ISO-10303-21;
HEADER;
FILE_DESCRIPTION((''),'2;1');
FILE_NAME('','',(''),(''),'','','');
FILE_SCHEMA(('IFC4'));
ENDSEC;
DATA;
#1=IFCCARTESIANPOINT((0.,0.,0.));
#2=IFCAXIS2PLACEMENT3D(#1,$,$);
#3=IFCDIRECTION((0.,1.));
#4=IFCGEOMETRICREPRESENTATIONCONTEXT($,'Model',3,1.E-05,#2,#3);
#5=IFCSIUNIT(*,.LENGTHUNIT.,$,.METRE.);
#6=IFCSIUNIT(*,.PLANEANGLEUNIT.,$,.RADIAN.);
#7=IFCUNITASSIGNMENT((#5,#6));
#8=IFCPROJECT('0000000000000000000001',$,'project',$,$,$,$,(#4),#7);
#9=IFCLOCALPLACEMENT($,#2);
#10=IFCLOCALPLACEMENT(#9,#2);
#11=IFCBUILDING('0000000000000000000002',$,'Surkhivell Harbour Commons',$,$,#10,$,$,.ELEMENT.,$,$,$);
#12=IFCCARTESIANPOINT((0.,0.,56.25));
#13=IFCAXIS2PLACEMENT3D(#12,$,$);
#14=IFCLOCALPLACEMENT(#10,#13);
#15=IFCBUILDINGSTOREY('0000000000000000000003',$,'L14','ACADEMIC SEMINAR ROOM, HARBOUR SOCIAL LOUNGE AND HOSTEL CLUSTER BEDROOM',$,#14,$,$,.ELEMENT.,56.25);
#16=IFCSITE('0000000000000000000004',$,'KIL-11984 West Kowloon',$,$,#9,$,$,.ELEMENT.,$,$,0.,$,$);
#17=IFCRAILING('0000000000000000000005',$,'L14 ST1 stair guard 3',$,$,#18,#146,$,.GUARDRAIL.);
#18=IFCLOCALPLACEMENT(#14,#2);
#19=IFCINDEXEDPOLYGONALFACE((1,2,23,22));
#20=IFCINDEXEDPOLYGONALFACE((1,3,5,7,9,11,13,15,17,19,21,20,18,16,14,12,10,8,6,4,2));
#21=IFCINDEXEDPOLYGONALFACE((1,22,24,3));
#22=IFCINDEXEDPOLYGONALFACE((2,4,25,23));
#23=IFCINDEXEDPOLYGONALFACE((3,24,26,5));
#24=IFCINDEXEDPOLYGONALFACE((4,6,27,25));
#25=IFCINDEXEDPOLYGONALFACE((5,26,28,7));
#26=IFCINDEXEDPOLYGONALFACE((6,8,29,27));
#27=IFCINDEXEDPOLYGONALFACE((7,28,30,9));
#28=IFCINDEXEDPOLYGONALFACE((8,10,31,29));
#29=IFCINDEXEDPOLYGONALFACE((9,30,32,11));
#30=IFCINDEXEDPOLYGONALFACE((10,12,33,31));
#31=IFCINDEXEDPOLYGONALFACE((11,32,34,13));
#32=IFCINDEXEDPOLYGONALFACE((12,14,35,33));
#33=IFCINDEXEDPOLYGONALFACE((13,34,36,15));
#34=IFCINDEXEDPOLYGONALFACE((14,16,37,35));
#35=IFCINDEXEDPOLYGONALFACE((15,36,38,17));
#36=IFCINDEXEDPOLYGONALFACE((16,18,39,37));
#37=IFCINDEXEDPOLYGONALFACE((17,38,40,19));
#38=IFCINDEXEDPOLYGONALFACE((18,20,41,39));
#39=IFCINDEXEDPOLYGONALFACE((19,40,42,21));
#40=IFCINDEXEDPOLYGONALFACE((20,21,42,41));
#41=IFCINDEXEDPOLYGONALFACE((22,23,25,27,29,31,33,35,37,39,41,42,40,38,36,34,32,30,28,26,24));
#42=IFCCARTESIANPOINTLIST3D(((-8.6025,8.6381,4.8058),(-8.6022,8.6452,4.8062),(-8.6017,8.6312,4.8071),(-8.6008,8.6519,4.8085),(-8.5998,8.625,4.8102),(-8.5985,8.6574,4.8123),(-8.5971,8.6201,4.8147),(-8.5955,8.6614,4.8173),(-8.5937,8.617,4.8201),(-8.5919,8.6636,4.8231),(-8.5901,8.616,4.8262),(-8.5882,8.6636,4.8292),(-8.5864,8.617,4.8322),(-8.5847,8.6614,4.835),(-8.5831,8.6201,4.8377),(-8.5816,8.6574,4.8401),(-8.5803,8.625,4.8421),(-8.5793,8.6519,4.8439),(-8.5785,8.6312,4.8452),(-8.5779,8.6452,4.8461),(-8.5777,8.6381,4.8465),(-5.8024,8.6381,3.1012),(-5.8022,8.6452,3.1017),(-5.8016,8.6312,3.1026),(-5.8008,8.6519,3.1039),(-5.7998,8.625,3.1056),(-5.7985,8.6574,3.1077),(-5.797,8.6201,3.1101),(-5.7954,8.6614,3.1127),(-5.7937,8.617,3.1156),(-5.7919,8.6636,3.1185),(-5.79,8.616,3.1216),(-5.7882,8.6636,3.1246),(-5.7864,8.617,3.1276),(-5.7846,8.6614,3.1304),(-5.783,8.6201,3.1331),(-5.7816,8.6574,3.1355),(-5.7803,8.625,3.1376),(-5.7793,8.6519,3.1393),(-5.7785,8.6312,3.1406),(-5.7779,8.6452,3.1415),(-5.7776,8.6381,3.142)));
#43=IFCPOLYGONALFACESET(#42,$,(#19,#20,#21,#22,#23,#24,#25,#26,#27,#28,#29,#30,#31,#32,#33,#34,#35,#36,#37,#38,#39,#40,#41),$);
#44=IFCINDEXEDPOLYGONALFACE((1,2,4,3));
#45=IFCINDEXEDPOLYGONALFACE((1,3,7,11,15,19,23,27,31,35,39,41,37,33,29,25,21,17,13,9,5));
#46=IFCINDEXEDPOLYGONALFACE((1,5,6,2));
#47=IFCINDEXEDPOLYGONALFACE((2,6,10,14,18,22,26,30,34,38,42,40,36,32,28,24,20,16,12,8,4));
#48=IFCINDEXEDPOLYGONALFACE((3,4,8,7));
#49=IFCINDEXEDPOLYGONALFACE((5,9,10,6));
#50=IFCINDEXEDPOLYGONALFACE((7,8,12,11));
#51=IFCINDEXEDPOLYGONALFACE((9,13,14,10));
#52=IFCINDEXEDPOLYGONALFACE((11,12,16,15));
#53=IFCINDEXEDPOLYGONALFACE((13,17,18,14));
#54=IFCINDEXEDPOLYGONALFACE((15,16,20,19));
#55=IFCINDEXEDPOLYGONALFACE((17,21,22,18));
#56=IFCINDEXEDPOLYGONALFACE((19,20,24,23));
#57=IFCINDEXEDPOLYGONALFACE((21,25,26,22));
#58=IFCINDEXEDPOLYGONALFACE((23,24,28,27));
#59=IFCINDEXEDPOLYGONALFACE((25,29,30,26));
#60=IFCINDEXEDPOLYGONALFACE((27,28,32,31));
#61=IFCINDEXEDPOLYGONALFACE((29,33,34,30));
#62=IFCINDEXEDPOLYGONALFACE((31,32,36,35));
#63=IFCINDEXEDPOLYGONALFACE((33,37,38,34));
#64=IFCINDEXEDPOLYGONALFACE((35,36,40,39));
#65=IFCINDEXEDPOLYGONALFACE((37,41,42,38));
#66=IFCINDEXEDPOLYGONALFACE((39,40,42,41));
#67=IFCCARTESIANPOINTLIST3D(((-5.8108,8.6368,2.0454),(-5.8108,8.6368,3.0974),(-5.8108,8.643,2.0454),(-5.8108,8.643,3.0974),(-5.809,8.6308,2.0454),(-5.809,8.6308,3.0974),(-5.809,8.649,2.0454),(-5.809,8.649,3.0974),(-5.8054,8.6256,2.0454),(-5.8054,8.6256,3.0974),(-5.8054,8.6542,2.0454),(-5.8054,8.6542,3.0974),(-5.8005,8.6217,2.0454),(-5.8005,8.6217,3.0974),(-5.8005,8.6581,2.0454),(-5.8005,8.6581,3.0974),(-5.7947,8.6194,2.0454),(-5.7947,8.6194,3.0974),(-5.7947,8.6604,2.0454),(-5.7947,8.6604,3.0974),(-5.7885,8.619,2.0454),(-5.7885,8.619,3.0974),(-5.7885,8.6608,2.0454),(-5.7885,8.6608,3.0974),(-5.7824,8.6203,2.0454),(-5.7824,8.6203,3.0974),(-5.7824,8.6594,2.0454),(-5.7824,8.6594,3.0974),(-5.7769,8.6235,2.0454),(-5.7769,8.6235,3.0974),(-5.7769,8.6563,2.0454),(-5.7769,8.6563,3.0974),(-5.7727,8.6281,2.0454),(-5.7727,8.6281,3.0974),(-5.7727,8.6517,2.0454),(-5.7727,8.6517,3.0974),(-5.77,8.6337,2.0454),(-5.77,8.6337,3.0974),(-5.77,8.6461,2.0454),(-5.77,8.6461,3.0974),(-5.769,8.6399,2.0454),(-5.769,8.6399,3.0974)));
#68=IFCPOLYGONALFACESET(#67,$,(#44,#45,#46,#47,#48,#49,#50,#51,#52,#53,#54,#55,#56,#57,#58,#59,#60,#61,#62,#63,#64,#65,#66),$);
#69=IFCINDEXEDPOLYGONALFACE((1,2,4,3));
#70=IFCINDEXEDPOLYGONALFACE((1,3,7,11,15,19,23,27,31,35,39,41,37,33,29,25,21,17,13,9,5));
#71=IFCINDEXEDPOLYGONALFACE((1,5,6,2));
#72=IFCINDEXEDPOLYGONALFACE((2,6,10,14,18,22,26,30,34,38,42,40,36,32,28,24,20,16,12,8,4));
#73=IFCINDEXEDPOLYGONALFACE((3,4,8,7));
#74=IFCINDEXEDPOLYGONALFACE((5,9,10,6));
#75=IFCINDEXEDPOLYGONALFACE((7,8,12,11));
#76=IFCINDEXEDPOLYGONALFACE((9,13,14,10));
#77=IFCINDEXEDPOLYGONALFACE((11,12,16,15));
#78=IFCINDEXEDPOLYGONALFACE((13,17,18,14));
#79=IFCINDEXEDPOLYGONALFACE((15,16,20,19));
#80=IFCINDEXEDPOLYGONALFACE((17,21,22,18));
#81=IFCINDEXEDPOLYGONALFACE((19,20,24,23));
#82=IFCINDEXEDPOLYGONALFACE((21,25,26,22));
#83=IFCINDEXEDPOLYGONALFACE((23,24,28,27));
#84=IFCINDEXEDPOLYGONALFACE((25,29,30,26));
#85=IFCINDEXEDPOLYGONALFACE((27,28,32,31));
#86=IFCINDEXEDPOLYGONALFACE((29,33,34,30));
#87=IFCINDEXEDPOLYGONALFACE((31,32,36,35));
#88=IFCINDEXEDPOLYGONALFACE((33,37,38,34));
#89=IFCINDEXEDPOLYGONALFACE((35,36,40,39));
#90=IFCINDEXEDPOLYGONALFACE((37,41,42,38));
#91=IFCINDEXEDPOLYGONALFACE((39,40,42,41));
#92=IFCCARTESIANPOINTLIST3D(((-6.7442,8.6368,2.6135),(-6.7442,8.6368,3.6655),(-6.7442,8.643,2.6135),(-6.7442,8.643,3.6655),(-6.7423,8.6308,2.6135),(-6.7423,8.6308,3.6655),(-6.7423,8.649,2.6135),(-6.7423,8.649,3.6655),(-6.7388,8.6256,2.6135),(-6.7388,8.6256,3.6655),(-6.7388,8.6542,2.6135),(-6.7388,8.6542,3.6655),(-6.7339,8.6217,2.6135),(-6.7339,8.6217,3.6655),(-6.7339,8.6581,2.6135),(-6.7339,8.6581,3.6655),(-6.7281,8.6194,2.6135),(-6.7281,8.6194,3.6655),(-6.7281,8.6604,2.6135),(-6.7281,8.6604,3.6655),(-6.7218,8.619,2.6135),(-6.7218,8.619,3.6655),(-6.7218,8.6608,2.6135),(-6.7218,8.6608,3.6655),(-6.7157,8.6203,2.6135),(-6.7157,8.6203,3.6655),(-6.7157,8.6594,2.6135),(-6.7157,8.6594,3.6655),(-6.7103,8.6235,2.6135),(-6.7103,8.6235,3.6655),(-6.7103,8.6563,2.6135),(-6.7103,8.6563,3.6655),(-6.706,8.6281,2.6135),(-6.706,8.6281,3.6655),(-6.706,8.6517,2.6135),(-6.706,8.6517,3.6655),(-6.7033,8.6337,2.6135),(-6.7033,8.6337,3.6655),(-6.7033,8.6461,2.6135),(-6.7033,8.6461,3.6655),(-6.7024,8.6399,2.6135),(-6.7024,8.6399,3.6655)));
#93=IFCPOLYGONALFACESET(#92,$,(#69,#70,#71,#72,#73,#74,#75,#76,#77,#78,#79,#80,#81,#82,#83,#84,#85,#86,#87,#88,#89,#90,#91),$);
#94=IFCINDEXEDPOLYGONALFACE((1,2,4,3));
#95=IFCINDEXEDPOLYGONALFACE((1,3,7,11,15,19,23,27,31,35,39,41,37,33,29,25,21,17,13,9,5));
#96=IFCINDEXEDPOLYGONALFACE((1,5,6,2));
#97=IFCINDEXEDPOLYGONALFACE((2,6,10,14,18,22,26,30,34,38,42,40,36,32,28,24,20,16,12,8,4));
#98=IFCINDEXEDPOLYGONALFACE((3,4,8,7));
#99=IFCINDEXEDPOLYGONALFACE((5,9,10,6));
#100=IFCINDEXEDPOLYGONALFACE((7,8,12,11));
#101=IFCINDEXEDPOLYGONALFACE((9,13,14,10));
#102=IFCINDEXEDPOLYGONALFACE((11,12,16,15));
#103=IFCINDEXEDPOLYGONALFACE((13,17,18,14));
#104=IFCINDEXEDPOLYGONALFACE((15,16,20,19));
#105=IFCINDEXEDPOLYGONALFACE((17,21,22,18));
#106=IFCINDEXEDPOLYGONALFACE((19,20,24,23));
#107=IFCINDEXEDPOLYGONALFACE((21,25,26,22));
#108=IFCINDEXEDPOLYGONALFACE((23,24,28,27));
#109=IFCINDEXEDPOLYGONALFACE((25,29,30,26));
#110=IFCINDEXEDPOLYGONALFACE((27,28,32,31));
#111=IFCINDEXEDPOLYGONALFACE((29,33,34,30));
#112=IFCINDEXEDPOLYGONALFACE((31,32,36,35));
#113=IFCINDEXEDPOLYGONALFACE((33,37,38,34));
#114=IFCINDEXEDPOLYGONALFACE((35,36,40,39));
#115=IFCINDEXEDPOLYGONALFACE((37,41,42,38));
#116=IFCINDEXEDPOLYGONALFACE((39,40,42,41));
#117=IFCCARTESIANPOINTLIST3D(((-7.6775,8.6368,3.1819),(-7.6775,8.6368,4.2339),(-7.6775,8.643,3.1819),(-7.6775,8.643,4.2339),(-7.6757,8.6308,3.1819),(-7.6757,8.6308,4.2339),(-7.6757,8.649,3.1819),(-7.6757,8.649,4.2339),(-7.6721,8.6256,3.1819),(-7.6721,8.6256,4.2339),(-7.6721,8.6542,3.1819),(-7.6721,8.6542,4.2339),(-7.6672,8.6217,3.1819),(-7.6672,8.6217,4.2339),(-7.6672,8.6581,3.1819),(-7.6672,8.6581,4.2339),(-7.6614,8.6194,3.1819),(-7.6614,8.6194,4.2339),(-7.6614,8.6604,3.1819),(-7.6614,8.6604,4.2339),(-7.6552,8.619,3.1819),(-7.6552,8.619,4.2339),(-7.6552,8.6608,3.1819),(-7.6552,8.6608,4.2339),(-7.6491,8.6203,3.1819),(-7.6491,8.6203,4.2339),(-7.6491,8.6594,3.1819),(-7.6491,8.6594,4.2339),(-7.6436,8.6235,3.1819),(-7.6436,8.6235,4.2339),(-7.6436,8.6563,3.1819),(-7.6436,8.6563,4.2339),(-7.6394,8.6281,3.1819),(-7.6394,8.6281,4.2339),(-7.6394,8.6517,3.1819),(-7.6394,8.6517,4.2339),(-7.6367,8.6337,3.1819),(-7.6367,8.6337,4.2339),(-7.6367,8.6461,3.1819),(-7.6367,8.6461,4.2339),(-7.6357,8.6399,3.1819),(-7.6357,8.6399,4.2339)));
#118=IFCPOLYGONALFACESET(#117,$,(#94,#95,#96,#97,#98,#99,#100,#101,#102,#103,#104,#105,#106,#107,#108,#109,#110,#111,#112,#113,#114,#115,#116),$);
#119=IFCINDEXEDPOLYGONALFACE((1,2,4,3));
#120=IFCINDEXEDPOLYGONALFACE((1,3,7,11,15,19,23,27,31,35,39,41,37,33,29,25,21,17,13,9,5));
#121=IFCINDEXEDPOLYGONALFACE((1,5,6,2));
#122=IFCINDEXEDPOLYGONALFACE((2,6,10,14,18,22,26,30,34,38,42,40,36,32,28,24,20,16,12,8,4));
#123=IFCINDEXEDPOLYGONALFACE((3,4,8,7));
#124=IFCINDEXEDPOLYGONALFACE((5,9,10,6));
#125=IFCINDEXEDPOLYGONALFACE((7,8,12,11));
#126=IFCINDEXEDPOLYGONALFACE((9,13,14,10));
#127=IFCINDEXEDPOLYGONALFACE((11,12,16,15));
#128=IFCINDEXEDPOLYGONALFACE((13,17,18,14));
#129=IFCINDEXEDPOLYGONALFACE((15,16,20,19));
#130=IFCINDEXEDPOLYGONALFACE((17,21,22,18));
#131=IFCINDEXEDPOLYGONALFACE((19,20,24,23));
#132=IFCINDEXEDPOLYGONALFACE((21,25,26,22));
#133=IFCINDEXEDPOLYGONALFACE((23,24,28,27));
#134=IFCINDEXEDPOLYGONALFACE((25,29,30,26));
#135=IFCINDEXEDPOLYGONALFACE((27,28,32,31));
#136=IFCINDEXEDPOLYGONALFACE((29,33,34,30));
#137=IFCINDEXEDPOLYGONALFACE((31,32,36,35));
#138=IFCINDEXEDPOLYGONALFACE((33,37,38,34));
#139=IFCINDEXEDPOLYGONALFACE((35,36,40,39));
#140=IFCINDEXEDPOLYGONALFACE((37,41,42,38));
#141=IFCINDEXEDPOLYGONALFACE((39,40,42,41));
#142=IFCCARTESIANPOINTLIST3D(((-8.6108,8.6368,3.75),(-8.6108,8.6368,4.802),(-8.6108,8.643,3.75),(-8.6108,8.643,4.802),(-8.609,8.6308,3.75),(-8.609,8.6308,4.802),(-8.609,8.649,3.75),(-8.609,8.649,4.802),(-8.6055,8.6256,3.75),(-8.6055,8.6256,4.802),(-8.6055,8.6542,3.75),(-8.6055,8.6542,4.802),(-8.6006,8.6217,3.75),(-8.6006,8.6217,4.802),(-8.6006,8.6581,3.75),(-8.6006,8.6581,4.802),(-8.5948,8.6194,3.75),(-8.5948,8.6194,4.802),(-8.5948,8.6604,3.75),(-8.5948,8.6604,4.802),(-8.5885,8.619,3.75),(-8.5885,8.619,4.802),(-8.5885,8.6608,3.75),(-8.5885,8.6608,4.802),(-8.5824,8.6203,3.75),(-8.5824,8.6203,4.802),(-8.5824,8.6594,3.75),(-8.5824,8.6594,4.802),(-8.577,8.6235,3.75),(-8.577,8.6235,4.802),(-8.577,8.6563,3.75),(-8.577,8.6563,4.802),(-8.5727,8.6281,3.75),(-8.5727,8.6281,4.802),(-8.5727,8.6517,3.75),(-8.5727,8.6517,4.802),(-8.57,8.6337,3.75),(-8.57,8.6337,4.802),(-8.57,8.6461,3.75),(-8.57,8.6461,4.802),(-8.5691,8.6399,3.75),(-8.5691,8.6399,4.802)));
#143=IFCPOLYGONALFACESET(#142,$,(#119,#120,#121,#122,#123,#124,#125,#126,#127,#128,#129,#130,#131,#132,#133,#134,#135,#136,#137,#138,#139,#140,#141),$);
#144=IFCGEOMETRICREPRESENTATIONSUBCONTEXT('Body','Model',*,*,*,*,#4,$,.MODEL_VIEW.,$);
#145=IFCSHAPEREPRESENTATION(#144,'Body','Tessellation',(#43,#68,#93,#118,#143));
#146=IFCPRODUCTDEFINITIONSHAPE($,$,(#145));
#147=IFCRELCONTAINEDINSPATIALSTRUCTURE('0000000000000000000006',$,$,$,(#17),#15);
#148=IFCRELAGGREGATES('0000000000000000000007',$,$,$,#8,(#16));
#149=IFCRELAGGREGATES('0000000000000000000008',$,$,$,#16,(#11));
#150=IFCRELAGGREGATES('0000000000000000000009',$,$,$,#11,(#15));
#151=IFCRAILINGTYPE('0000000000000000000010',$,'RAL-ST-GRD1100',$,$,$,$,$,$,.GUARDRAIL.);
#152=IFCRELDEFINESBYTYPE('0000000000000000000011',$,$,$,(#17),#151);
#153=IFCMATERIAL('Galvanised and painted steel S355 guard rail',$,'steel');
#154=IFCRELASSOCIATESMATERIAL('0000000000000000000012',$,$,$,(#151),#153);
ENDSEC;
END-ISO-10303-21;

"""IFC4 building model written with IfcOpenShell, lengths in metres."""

from ifc_helpers import new_model, si_unit, direction, frame, origin, origin_2d, place, context, subcontext, project, spatial, circle, extrude, material, type_object, element, save


model = new_model("IFC4")

# Units and contexts
model_context = context("Model", 3, precision=1e-05, world=origin(), true_north=direction((0.0, 1.0)))
body_context = subcontext(model_context, "Body", "Model", "MODEL_VIEW")
ifc_project = project(units=[si_unit("LENGTHUNIT", "METRE"), si_unit("PLANEANGLEUNIT", "RADIAN")], contexts=[model_context])

# Site, building, storey
site_placement = place(None, origin())
site = spatial("IfcSite", under=ifc_project, at=site_placement, Name="KIL-11984 West Kowloon", CompositionType="ELEMENT", RefElevation=0.0)
building_placement = place(site_placement, origin())
building = spatial("IfcBuilding", under=site, at=building_placement, Name="Surkhivell Harbour Commons", CompositionType="ELEMENT")
storey_placement = place(building_placement, frame((0.0, 0.0, 56.25)))
storey = spatial("IfcBuildingStorey", under=building, at=storey_placement, Name="L14", Description="ACADEMIC SEMINAR ROOM, HARBOUR SOCIAL LOUNGE AND HOSTEL CLUSTER BEDROOM", CompositionType="ELEMENT", Elevation=56.25)

# Railing
ifc_material_1 = material(Name="Galvanised and painted steel S355 guard rail", Category="steel")
railing_type_1 = type_object("IfcRailingType", Name="RAL-ST-GRD1100", PredefinedType="GUARDRAIL", material=ifc_material_1)
railing_1_placement = place(storey_placement, frame((-5.79, 8.6399, 2.0454)))
element("IfcRailing", 1, at=railing_1_placement, inside=storey, type_object=railing_type_1, Name="L14 ST1 stair guard 3", PredefinedType="GUARDRAIL", context=body_context, shape_type="SweptSolid", body=[
    extrude(circle(Radius=0.0239, at=origin_2d()), frame((0.0, 0.0, 1.0762), z_axis=(-0.85417, 0.0, 0.519994), x_axis=(0.0, -1.0, 0.0)), (0.0, 0.0, 1.0), 3.2781),
    extrude(circle(Radius=0.021, at=origin_2d()), origin(), (0.0, 0.0, 1.0), 1.052),
    extrude(circle(Radius=0.021, at=origin_2d()), frame((-0.9333, 0.0, 0.5681)), (0.0, 0.0, 1.0), 1.052),
    extrude(circle(Radius=0.021, at=origin_2d()), frame((-1.8667, 0.0, 1.1365)), (0.0, 0.0, 1.0), 1.052),
    extrude(circle(Radius=0.021, at=origin_2d()), frame((-2.8, 0.0, 1.7046)), (0.0, 0.0, 1.0), 1.052),
])

save(model, "model.ifc")
